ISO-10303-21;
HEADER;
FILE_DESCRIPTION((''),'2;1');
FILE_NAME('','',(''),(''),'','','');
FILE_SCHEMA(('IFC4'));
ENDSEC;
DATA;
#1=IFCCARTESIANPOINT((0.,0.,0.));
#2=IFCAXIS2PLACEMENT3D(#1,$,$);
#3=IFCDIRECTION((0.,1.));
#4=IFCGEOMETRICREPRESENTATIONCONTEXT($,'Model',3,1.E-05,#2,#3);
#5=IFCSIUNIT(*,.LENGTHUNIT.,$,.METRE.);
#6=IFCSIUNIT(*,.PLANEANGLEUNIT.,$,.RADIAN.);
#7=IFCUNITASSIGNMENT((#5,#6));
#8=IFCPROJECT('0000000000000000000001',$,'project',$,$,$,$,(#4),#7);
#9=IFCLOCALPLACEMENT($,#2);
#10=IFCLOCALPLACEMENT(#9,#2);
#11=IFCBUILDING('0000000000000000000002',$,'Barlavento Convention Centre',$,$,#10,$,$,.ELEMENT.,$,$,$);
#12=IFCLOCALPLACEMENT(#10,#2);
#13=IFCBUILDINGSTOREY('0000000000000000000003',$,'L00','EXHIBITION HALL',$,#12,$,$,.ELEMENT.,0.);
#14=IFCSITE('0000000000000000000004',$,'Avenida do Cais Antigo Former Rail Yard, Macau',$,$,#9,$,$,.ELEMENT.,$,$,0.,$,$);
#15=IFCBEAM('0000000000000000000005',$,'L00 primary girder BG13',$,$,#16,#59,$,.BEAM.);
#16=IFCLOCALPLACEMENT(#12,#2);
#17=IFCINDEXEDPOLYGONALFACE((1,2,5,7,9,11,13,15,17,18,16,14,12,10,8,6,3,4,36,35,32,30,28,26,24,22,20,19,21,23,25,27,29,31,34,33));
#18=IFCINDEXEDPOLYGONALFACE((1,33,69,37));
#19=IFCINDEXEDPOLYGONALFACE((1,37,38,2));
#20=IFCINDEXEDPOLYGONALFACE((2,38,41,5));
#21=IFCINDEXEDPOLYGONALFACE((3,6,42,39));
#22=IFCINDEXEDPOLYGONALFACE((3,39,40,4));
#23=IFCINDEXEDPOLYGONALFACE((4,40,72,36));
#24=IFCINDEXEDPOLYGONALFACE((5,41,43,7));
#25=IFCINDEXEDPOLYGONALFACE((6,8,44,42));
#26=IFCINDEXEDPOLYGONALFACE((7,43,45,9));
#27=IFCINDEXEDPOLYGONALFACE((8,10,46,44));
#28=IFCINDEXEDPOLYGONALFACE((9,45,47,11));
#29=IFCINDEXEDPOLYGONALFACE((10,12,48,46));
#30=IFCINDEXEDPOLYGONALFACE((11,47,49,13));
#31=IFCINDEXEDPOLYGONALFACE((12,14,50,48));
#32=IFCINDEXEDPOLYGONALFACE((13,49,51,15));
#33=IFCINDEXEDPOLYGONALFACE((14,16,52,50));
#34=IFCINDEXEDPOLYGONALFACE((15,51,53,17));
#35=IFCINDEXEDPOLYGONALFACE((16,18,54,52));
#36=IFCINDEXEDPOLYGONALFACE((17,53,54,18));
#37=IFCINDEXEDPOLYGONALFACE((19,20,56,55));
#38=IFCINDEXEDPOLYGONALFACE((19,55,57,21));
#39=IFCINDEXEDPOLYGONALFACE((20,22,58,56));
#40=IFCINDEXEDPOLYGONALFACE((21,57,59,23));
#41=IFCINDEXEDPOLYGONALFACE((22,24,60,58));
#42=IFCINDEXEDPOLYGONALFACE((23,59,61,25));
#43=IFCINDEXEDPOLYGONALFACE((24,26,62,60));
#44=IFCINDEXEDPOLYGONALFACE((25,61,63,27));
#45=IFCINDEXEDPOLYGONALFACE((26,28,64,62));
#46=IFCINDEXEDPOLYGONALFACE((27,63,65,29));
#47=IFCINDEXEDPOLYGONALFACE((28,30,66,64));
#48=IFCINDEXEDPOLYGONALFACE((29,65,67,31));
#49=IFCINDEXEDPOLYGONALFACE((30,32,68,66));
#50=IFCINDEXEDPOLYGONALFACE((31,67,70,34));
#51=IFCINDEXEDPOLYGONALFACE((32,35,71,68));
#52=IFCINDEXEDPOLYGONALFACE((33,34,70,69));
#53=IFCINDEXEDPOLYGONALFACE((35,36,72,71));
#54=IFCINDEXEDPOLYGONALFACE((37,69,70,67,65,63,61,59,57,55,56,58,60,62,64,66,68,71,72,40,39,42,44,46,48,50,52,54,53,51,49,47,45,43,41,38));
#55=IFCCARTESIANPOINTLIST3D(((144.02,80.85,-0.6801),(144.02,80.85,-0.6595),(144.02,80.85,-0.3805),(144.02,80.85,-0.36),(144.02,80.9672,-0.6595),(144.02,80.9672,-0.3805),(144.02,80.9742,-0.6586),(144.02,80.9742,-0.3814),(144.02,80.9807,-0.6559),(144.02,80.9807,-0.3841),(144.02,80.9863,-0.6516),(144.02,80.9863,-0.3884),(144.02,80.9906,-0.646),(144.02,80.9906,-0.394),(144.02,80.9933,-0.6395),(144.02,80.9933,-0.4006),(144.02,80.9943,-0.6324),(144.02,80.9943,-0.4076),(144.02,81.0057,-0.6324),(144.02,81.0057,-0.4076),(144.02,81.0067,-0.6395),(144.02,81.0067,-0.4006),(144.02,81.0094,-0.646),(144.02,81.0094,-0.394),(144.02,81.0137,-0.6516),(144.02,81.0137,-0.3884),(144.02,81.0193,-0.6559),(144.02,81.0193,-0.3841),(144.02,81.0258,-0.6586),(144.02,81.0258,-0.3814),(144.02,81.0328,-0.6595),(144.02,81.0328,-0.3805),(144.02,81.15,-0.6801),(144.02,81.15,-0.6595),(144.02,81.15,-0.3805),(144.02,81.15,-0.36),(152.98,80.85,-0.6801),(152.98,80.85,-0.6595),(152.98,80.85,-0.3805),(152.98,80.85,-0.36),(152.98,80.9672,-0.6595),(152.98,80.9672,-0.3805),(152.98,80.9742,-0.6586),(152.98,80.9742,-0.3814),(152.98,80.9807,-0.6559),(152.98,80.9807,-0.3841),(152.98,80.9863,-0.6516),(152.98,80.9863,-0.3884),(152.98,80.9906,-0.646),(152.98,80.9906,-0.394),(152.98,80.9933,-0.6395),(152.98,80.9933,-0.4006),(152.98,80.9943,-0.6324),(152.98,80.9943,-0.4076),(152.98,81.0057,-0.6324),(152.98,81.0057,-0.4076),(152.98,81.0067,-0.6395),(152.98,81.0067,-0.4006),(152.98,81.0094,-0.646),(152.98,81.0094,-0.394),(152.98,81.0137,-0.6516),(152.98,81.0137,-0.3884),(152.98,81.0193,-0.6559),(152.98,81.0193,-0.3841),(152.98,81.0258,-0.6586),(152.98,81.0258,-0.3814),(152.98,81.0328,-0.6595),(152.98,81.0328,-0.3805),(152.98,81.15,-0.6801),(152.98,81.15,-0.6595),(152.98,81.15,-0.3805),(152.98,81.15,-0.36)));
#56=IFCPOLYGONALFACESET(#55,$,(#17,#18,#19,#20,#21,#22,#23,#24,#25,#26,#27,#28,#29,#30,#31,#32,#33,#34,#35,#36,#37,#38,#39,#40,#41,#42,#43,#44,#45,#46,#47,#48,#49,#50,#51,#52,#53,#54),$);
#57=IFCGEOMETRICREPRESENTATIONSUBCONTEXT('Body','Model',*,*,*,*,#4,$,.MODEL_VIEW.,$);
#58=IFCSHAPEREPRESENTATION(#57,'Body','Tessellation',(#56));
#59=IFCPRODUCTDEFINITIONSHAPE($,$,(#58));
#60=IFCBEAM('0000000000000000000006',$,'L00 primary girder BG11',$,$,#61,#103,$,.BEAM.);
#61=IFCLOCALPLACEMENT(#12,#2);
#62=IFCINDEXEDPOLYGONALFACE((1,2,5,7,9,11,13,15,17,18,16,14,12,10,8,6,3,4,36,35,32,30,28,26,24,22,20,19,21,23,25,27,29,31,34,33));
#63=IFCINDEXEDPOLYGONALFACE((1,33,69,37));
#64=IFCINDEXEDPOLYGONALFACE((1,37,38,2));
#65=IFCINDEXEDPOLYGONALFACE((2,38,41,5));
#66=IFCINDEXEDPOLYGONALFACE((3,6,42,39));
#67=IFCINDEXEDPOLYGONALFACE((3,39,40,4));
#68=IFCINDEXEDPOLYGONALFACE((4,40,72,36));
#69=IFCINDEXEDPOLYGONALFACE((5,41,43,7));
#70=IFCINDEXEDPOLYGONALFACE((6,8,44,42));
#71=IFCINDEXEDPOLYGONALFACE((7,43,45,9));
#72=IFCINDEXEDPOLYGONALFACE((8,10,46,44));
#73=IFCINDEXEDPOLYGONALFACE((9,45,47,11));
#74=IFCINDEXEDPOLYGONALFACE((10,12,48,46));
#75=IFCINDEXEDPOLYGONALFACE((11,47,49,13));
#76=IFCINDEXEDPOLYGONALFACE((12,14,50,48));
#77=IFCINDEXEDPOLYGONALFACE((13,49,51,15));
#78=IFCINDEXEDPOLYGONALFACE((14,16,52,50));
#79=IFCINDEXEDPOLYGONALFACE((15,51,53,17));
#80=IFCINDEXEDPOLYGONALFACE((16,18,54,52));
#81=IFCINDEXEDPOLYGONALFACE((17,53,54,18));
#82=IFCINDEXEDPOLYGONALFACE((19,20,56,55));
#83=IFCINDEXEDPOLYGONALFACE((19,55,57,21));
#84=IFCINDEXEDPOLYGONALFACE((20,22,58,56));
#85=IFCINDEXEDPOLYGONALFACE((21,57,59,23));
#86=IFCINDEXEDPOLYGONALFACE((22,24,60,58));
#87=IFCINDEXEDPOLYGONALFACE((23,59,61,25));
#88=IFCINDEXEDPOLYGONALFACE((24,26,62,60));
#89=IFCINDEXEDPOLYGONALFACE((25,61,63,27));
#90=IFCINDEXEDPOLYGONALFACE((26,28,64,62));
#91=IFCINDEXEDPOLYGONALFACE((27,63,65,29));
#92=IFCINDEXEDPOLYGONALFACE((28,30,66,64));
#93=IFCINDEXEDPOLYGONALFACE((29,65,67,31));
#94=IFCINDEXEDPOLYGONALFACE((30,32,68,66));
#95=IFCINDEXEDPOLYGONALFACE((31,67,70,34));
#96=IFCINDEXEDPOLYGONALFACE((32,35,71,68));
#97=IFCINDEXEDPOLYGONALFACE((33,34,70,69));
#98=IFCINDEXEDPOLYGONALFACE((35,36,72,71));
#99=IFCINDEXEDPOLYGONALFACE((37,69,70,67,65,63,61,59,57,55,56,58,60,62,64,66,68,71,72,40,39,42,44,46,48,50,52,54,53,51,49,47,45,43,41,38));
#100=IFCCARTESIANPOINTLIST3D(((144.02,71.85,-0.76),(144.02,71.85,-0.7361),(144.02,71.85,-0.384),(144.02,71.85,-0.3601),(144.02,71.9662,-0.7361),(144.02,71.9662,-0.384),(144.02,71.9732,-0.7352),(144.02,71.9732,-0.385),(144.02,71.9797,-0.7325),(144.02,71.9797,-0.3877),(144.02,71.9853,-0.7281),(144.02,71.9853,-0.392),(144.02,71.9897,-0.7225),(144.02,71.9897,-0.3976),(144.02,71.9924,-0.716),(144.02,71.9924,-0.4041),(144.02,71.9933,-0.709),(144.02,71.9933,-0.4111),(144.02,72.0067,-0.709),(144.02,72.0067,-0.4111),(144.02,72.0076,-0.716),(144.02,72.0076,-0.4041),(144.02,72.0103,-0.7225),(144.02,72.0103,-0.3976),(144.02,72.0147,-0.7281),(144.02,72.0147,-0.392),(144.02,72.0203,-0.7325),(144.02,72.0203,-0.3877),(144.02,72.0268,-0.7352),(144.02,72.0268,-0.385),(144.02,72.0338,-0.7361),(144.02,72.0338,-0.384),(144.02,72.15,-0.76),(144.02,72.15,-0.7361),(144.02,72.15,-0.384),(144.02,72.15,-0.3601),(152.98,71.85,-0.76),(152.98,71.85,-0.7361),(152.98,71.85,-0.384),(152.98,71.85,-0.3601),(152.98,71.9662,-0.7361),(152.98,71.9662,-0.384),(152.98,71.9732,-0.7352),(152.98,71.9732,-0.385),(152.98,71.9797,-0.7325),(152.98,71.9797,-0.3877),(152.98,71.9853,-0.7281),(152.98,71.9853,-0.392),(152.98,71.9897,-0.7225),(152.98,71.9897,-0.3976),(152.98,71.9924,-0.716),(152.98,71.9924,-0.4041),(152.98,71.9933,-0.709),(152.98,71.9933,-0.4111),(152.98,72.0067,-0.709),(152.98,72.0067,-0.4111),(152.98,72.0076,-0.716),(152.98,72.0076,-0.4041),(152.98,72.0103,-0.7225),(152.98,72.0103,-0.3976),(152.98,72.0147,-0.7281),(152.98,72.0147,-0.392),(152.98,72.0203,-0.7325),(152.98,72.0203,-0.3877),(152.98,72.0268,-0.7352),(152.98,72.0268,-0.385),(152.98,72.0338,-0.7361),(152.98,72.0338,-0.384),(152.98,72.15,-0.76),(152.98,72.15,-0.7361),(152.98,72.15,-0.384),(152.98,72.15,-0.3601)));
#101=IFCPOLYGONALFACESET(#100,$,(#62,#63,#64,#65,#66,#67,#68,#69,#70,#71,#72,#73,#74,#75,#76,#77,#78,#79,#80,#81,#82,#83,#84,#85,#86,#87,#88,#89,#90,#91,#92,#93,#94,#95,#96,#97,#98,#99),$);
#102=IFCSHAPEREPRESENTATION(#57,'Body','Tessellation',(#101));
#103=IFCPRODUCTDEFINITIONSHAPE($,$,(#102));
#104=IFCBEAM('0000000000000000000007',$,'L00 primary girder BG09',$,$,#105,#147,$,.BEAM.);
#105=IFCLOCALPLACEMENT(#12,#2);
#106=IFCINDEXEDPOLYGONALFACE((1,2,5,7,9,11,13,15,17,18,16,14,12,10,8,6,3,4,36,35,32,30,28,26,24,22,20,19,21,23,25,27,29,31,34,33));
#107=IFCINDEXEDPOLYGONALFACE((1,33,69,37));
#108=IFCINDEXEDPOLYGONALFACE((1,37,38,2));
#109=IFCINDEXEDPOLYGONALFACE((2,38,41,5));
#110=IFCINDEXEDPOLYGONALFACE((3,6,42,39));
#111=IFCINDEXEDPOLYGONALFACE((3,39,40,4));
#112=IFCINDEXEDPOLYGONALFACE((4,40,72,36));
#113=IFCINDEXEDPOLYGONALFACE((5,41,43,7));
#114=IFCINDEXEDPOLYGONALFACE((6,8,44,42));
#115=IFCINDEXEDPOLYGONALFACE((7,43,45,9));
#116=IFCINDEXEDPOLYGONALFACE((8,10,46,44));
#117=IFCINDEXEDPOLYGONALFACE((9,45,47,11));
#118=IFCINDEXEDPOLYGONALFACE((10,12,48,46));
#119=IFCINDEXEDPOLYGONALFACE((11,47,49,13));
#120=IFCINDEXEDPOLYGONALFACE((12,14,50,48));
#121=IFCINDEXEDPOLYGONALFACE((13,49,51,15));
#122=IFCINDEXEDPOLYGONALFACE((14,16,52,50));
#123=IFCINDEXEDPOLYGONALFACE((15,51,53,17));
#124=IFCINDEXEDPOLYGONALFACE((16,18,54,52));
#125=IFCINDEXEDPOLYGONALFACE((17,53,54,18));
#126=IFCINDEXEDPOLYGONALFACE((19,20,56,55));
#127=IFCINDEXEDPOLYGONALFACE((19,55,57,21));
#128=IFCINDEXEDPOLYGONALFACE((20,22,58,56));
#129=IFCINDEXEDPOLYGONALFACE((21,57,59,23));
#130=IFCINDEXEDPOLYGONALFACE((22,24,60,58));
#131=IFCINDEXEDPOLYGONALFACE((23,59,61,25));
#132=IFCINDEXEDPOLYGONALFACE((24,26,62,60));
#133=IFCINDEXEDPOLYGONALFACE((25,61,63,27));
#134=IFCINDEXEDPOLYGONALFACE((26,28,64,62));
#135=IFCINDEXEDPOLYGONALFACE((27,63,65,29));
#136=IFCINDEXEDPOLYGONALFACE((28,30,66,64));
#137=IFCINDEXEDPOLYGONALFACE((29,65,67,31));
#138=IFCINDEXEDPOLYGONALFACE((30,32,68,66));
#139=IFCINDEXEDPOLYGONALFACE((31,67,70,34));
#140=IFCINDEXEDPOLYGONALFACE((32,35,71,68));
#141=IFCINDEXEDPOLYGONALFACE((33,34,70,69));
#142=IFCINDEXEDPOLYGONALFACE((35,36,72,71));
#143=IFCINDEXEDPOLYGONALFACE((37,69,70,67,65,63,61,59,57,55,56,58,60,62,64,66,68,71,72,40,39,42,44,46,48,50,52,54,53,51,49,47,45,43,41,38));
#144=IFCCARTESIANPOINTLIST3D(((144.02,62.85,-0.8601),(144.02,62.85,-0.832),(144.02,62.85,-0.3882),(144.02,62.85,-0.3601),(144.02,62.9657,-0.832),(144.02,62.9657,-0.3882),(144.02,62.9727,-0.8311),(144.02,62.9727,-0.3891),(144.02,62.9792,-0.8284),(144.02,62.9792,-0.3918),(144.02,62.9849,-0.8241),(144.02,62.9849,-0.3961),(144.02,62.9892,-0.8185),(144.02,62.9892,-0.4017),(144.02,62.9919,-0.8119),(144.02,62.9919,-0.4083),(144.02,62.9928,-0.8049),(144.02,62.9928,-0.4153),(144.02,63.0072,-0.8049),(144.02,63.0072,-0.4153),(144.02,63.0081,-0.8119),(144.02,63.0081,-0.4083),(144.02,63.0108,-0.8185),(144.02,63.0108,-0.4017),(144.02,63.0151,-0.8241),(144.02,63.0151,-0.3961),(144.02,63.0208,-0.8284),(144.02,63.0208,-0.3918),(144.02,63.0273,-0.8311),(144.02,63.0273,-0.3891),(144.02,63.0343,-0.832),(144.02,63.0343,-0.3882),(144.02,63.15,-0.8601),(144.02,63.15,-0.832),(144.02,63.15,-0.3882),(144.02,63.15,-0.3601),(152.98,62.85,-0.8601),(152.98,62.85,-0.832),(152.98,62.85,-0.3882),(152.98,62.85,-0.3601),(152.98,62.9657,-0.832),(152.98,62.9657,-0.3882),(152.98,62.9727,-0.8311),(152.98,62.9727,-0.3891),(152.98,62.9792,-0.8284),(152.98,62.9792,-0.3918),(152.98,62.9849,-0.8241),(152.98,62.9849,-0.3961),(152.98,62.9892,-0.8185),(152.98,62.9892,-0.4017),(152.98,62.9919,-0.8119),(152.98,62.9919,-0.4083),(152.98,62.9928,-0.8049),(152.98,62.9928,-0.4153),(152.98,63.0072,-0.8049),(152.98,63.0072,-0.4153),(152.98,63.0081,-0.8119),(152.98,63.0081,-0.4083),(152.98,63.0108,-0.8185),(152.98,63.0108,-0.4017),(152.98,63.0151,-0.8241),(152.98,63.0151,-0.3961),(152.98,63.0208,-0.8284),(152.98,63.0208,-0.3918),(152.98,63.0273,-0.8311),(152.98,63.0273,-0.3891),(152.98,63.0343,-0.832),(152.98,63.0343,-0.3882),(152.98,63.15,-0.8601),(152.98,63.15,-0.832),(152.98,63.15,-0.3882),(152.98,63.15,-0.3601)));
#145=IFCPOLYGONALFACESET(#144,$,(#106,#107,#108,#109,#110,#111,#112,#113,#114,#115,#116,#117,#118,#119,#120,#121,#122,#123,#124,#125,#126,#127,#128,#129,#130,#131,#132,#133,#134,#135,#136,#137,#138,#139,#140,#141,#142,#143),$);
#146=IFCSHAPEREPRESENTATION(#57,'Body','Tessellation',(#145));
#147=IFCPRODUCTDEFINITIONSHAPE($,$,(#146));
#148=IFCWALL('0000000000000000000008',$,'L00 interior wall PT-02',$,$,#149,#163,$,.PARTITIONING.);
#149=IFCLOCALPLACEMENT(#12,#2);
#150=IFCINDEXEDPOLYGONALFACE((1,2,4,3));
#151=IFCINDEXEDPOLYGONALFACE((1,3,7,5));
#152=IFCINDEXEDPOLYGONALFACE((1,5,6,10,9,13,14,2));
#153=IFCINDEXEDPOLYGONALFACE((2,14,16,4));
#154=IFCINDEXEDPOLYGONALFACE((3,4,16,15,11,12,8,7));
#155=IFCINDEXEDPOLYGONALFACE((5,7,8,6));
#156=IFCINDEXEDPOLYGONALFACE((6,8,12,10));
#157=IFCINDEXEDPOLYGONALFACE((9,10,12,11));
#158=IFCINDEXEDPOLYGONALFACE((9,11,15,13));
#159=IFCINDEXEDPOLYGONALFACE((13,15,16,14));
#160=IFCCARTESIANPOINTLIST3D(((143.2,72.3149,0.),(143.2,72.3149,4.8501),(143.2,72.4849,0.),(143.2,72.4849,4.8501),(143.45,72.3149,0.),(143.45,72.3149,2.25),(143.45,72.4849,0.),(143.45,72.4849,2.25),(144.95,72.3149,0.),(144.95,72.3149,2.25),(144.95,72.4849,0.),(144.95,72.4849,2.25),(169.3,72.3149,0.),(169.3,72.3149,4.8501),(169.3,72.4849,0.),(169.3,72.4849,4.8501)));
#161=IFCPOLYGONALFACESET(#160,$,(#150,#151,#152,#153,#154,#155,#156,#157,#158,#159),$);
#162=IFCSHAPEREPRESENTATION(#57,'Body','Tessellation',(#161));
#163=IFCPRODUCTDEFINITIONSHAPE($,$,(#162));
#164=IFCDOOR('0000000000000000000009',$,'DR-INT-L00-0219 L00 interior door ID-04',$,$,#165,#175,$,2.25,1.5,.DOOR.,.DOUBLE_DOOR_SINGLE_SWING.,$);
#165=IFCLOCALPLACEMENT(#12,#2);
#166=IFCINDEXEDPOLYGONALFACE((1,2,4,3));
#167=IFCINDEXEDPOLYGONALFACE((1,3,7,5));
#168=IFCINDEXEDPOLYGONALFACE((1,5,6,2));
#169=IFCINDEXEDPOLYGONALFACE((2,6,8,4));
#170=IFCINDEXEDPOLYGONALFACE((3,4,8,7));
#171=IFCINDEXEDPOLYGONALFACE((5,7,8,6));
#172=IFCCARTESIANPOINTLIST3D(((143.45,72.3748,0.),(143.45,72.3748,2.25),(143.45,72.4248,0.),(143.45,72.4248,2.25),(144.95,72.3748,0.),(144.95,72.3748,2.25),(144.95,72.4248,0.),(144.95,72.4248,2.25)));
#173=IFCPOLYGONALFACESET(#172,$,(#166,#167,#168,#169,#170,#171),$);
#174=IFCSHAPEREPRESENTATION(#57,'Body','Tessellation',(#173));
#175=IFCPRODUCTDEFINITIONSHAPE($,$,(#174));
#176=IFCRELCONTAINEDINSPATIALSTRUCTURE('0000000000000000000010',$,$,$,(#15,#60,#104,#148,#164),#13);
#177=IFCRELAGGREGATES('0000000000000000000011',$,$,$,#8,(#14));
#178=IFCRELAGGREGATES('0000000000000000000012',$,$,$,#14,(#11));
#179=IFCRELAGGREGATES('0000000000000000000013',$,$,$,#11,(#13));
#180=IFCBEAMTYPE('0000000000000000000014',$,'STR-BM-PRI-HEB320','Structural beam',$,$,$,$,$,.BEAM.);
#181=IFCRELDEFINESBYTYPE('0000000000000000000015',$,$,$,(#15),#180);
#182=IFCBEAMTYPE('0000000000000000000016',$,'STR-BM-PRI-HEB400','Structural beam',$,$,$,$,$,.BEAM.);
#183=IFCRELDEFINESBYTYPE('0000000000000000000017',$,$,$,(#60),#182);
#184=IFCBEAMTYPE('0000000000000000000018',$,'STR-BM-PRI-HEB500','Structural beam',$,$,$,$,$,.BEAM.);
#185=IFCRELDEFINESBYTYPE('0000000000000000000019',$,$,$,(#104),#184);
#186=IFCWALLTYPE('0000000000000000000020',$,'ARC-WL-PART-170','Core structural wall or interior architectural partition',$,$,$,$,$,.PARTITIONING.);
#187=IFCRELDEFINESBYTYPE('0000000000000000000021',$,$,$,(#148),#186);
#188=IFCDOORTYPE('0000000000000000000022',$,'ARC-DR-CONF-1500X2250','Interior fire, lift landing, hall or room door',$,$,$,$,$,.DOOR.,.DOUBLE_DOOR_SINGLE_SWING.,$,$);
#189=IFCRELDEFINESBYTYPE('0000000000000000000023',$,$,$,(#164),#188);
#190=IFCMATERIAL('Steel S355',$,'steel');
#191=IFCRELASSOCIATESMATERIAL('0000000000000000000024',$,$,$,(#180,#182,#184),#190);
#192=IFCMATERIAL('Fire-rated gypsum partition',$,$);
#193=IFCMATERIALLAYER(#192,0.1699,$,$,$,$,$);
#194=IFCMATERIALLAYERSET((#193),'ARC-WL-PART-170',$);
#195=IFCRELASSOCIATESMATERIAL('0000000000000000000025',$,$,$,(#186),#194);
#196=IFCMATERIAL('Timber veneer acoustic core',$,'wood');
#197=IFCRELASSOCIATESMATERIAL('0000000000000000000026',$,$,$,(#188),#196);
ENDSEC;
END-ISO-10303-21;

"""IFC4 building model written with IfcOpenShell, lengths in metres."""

from ifc_helpers import new_model, si_unit, direction, frame, frame_2d, origin, origin_2d, place, context, subcontext, project, spatial, rectangle, i_section, extrude, material, layer, layer_set, material_profile, profile_set, type_object, element, fill, save


model = new_model("IFC4")

# Units and contexts
model_context = context("Model", 3, precision=1e-05, world=origin(), true_north=direction((0.0, 1.0)))
body_context = subcontext(model_context, "Body", "Model", "MODEL_VIEW")
ifc_project = project(units=[si_unit("LENGTHUNIT", "METRE"), si_unit("PLANEANGLEUNIT", "RADIAN")], contexts=[model_context])

# Site, building, storey
site_placement = place(None, origin())
site = spatial("IfcSite", under=ifc_project, at=site_placement, Name="Avenida do Cais Antigo Former Rail Yard, Macau", CompositionType="ELEMENT", RefElevation=0.0)
building_placement = place(site_placement, origin())
building = spatial("IfcBuilding", under=site, at=building_placement, Name="Barlavento Convention Centre", CompositionType="ELEMENT")
storey_placement = place(building_placement, origin())
storey = spatial("IfcBuildingStorey", under=building, at=storey_placement, Name="L00", Description="EXHIBITION HALL", CompositionType="ELEMENT", Elevation=0.0)

# Beams
ifc_material_1 = material(Name="Steel S355", Category="steel")
ifc_material_profile_1 = material_profile(ifc_material_1, i_section(OverallWidth=0.3, OverallDepth=0.3201, WebThickness=0.0115, FlangeThickness=0.0205, FilletRadius=0.0271, at=origin_2d()), Name="HEB 320")
ifc_profile_set_1 = profile_set([ifc_material_profile_1], Name="Steel S355")
beam_type_1 = type_object("IfcBeamType", Name="STR-BM-PRI-HEB320", Description="Structural beam", PredefinedType="BEAM", material=ifc_profile_set_1)
beam_1_placement = place(storey_placement, frame((144.02, 81.0, -0.52), z_axis=(1.0, 0.0, 0.0), x_axis=(0.0, 1.0, 0.0)))
element("IfcBeam", 1, at=beam_1_placement, inside=storey, type_object=beam_type_1, Name="L00 primary girder BG13", PredefinedType="BEAM", context=body_context, shape_type="SweptSolid", body=[
    extrude(i_section(OverallWidth=0.3, OverallDepth=0.3201, WebThickness=0.0115, FlangeThickness=0.0205, FilletRadius=0.0271, at=origin_2d()), origin(), (0.0, 0.0, 1.0), 8.96),
])
ifc_material_profile_2 = material_profile(ifc_material_1, i_section(OverallWidth=0.3, OverallDepth=0.3999, WebThickness=0.0134, FlangeThickness=0.0239, FilletRadius=0.0271, at=origin_2d()), Name="HEB 400")
ifc_profile_set_2 = profile_set([ifc_material_profile_2], Name="Steel S355")
beam_type_2 = type_object("IfcBeamType", Name="STR-BM-PRI-HEB400", Description="Structural beam", PredefinedType="BEAM", material=ifc_profile_set_2)
beam_2_placement = place(storey_placement, frame((144.02, 72.0, -0.5601), z_axis=(1.0, 0.0, 0.0), x_axis=(0.0, 1.0, 0.0)))
element("IfcBeam", 2, at=beam_2_placement, inside=storey, type_object=beam_type_2, Name="L00 primary girder BG11", PredefinedType="BEAM", context=body_context, shape_type="SweptSolid", body=[
    extrude(i_section(OverallWidth=0.3, OverallDepth=0.3999, WebThickness=0.0134, FlangeThickness=0.0239, FilletRadius=0.0271, at=origin_2d()), origin(), (0.0, 0.0, 1.0), 8.96),
])
ifc_material_profile_3 = material_profile(ifc_material_1, i_section(OverallWidth=0.3, OverallDepth=0.5, WebThickness=0.0144, FlangeThickness=0.0281, FilletRadius=0.0271, at=origin_2d()), Name="HEB 500")
ifc_profile_set_3 = profile_set([ifc_material_profile_3], Name="Steel S355")
beam_type_3 = type_object("IfcBeamType", Name="STR-BM-PRI-HEB500", Description="Structural beam", PredefinedType="BEAM", material=ifc_profile_set_3)
beam_3_placement = place(storey_placement, frame((144.02, 63.0, -0.6101), z_axis=(1.0, 0.0, 0.0), x_axis=(0.0, 1.0, 0.0)))
element("IfcBeam", 3, at=beam_3_placement, inside=storey, type_object=beam_type_3, Name="L00 primary girder BG09", PredefinedType="BEAM", context=body_context, shape_type="SweptSolid", body=[
    extrude(i_section(OverallWidth=0.3, OverallDepth=0.5, WebThickness=0.0144, FlangeThickness=0.0281, FilletRadius=0.0271, at=origin_2d()), origin(), (0.0, 0.0, 1.0), 8.96),
])

# Wall, opening, door
ifc_material_2 = material(Name="Fire-rated gypsum partition")
ifc_layer_1 = layer(ifc_material_2, 0.1699)
ifc_layer_set_1 = layer_set([ifc_layer_1], Name="ARC-WL-PART-170")
wall_type_1 = type_object("IfcWallType", Name="ARC-WL-PART-170", Description="Core structural wall or interior architectural partition", PredefinedType="PARTITIONING", material=ifc_layer_set_1)
wall_1_placement = place(storey_placement, frame((143.2, 72.3999, 0.0), z_axis=(0.0, 0.0, 1.0), x_axis=(1.0, 0.0, 0.0)))
wall_1 = element("IfcWall", 4, at=wall_1_placement, inside=storey, type_object=wall_type_1, Name="L00 interior wall PT-02", PredefinedType="PARTITIONING", context=body_context, shape_type="SweptSolid", body=[
    extrude(rectangle(XDim=26.1001, YDim=0.1699, at=frame_2d((13.05, 0.0))), origin(), (0.0, 0.0, 1.0), 4.8501),
])
opening_1_placement = place(wall_1_placement, frame((0.25, 0.0, 0.0)))
opening_1 = element("IfcOpeningElement", 5, at=opening_1_placement, cuts=wall_1, PredefinedType="OPENING", context=body_context, shape_type="SweptSolid", body=[
    extrude(rectangle(XDim=1.5, YDim=2.25, at=frame_2d((0.75, 1.125))), frame((0.0, 0.095, 0.0), z_axis=(0.0, -1.0, 0.0), x_axis=(1.0, 0.0, 0.0)), (0.0, 0.0, 1.0), 0.1899),
])
ifc_material_3 = material(Name="Timber veneer acoustic core", Category="wood")
door_type_1 = type_object("IfcDoorType", Name="ARC-DR-CONF-1500X2250", Description="Interior fire, lift landing, hall or room door", OperationType="DOUBLE_DOOR_SINGLE_SWING", PredefinedType="DOOR", material=ifc_material_3)
door_1_placement = place(opening_1_placement, origin())
door_1 = element("IfcDoor", 6, at=door_1_placement, inside=storey, type_object=door_type_1, Name="DR-INT-L00-0219 L00 interior door ID-04", OperationType="DOUBLE_DOOR_SINGLE_SWING", OverallHeight=2.25, OverallWidth=1.5, PredefinedType="DOOR", context=body_context, shape_type="SweptSolid", body=[
    extrude(rectangle(XDim=1.5, YDim=2.25, at=frame_2d((0.75, 1.125))), frame((0.0, 0.0249, 0.0), z_axis=(0.0, -1.0, 0.0), x_axis=(1.0, 0.0, 0.0)), (0.0, 0.0, 1.0), 0.05),
])
fill(opening_1, door_1)

save(model, "model.ifc")
